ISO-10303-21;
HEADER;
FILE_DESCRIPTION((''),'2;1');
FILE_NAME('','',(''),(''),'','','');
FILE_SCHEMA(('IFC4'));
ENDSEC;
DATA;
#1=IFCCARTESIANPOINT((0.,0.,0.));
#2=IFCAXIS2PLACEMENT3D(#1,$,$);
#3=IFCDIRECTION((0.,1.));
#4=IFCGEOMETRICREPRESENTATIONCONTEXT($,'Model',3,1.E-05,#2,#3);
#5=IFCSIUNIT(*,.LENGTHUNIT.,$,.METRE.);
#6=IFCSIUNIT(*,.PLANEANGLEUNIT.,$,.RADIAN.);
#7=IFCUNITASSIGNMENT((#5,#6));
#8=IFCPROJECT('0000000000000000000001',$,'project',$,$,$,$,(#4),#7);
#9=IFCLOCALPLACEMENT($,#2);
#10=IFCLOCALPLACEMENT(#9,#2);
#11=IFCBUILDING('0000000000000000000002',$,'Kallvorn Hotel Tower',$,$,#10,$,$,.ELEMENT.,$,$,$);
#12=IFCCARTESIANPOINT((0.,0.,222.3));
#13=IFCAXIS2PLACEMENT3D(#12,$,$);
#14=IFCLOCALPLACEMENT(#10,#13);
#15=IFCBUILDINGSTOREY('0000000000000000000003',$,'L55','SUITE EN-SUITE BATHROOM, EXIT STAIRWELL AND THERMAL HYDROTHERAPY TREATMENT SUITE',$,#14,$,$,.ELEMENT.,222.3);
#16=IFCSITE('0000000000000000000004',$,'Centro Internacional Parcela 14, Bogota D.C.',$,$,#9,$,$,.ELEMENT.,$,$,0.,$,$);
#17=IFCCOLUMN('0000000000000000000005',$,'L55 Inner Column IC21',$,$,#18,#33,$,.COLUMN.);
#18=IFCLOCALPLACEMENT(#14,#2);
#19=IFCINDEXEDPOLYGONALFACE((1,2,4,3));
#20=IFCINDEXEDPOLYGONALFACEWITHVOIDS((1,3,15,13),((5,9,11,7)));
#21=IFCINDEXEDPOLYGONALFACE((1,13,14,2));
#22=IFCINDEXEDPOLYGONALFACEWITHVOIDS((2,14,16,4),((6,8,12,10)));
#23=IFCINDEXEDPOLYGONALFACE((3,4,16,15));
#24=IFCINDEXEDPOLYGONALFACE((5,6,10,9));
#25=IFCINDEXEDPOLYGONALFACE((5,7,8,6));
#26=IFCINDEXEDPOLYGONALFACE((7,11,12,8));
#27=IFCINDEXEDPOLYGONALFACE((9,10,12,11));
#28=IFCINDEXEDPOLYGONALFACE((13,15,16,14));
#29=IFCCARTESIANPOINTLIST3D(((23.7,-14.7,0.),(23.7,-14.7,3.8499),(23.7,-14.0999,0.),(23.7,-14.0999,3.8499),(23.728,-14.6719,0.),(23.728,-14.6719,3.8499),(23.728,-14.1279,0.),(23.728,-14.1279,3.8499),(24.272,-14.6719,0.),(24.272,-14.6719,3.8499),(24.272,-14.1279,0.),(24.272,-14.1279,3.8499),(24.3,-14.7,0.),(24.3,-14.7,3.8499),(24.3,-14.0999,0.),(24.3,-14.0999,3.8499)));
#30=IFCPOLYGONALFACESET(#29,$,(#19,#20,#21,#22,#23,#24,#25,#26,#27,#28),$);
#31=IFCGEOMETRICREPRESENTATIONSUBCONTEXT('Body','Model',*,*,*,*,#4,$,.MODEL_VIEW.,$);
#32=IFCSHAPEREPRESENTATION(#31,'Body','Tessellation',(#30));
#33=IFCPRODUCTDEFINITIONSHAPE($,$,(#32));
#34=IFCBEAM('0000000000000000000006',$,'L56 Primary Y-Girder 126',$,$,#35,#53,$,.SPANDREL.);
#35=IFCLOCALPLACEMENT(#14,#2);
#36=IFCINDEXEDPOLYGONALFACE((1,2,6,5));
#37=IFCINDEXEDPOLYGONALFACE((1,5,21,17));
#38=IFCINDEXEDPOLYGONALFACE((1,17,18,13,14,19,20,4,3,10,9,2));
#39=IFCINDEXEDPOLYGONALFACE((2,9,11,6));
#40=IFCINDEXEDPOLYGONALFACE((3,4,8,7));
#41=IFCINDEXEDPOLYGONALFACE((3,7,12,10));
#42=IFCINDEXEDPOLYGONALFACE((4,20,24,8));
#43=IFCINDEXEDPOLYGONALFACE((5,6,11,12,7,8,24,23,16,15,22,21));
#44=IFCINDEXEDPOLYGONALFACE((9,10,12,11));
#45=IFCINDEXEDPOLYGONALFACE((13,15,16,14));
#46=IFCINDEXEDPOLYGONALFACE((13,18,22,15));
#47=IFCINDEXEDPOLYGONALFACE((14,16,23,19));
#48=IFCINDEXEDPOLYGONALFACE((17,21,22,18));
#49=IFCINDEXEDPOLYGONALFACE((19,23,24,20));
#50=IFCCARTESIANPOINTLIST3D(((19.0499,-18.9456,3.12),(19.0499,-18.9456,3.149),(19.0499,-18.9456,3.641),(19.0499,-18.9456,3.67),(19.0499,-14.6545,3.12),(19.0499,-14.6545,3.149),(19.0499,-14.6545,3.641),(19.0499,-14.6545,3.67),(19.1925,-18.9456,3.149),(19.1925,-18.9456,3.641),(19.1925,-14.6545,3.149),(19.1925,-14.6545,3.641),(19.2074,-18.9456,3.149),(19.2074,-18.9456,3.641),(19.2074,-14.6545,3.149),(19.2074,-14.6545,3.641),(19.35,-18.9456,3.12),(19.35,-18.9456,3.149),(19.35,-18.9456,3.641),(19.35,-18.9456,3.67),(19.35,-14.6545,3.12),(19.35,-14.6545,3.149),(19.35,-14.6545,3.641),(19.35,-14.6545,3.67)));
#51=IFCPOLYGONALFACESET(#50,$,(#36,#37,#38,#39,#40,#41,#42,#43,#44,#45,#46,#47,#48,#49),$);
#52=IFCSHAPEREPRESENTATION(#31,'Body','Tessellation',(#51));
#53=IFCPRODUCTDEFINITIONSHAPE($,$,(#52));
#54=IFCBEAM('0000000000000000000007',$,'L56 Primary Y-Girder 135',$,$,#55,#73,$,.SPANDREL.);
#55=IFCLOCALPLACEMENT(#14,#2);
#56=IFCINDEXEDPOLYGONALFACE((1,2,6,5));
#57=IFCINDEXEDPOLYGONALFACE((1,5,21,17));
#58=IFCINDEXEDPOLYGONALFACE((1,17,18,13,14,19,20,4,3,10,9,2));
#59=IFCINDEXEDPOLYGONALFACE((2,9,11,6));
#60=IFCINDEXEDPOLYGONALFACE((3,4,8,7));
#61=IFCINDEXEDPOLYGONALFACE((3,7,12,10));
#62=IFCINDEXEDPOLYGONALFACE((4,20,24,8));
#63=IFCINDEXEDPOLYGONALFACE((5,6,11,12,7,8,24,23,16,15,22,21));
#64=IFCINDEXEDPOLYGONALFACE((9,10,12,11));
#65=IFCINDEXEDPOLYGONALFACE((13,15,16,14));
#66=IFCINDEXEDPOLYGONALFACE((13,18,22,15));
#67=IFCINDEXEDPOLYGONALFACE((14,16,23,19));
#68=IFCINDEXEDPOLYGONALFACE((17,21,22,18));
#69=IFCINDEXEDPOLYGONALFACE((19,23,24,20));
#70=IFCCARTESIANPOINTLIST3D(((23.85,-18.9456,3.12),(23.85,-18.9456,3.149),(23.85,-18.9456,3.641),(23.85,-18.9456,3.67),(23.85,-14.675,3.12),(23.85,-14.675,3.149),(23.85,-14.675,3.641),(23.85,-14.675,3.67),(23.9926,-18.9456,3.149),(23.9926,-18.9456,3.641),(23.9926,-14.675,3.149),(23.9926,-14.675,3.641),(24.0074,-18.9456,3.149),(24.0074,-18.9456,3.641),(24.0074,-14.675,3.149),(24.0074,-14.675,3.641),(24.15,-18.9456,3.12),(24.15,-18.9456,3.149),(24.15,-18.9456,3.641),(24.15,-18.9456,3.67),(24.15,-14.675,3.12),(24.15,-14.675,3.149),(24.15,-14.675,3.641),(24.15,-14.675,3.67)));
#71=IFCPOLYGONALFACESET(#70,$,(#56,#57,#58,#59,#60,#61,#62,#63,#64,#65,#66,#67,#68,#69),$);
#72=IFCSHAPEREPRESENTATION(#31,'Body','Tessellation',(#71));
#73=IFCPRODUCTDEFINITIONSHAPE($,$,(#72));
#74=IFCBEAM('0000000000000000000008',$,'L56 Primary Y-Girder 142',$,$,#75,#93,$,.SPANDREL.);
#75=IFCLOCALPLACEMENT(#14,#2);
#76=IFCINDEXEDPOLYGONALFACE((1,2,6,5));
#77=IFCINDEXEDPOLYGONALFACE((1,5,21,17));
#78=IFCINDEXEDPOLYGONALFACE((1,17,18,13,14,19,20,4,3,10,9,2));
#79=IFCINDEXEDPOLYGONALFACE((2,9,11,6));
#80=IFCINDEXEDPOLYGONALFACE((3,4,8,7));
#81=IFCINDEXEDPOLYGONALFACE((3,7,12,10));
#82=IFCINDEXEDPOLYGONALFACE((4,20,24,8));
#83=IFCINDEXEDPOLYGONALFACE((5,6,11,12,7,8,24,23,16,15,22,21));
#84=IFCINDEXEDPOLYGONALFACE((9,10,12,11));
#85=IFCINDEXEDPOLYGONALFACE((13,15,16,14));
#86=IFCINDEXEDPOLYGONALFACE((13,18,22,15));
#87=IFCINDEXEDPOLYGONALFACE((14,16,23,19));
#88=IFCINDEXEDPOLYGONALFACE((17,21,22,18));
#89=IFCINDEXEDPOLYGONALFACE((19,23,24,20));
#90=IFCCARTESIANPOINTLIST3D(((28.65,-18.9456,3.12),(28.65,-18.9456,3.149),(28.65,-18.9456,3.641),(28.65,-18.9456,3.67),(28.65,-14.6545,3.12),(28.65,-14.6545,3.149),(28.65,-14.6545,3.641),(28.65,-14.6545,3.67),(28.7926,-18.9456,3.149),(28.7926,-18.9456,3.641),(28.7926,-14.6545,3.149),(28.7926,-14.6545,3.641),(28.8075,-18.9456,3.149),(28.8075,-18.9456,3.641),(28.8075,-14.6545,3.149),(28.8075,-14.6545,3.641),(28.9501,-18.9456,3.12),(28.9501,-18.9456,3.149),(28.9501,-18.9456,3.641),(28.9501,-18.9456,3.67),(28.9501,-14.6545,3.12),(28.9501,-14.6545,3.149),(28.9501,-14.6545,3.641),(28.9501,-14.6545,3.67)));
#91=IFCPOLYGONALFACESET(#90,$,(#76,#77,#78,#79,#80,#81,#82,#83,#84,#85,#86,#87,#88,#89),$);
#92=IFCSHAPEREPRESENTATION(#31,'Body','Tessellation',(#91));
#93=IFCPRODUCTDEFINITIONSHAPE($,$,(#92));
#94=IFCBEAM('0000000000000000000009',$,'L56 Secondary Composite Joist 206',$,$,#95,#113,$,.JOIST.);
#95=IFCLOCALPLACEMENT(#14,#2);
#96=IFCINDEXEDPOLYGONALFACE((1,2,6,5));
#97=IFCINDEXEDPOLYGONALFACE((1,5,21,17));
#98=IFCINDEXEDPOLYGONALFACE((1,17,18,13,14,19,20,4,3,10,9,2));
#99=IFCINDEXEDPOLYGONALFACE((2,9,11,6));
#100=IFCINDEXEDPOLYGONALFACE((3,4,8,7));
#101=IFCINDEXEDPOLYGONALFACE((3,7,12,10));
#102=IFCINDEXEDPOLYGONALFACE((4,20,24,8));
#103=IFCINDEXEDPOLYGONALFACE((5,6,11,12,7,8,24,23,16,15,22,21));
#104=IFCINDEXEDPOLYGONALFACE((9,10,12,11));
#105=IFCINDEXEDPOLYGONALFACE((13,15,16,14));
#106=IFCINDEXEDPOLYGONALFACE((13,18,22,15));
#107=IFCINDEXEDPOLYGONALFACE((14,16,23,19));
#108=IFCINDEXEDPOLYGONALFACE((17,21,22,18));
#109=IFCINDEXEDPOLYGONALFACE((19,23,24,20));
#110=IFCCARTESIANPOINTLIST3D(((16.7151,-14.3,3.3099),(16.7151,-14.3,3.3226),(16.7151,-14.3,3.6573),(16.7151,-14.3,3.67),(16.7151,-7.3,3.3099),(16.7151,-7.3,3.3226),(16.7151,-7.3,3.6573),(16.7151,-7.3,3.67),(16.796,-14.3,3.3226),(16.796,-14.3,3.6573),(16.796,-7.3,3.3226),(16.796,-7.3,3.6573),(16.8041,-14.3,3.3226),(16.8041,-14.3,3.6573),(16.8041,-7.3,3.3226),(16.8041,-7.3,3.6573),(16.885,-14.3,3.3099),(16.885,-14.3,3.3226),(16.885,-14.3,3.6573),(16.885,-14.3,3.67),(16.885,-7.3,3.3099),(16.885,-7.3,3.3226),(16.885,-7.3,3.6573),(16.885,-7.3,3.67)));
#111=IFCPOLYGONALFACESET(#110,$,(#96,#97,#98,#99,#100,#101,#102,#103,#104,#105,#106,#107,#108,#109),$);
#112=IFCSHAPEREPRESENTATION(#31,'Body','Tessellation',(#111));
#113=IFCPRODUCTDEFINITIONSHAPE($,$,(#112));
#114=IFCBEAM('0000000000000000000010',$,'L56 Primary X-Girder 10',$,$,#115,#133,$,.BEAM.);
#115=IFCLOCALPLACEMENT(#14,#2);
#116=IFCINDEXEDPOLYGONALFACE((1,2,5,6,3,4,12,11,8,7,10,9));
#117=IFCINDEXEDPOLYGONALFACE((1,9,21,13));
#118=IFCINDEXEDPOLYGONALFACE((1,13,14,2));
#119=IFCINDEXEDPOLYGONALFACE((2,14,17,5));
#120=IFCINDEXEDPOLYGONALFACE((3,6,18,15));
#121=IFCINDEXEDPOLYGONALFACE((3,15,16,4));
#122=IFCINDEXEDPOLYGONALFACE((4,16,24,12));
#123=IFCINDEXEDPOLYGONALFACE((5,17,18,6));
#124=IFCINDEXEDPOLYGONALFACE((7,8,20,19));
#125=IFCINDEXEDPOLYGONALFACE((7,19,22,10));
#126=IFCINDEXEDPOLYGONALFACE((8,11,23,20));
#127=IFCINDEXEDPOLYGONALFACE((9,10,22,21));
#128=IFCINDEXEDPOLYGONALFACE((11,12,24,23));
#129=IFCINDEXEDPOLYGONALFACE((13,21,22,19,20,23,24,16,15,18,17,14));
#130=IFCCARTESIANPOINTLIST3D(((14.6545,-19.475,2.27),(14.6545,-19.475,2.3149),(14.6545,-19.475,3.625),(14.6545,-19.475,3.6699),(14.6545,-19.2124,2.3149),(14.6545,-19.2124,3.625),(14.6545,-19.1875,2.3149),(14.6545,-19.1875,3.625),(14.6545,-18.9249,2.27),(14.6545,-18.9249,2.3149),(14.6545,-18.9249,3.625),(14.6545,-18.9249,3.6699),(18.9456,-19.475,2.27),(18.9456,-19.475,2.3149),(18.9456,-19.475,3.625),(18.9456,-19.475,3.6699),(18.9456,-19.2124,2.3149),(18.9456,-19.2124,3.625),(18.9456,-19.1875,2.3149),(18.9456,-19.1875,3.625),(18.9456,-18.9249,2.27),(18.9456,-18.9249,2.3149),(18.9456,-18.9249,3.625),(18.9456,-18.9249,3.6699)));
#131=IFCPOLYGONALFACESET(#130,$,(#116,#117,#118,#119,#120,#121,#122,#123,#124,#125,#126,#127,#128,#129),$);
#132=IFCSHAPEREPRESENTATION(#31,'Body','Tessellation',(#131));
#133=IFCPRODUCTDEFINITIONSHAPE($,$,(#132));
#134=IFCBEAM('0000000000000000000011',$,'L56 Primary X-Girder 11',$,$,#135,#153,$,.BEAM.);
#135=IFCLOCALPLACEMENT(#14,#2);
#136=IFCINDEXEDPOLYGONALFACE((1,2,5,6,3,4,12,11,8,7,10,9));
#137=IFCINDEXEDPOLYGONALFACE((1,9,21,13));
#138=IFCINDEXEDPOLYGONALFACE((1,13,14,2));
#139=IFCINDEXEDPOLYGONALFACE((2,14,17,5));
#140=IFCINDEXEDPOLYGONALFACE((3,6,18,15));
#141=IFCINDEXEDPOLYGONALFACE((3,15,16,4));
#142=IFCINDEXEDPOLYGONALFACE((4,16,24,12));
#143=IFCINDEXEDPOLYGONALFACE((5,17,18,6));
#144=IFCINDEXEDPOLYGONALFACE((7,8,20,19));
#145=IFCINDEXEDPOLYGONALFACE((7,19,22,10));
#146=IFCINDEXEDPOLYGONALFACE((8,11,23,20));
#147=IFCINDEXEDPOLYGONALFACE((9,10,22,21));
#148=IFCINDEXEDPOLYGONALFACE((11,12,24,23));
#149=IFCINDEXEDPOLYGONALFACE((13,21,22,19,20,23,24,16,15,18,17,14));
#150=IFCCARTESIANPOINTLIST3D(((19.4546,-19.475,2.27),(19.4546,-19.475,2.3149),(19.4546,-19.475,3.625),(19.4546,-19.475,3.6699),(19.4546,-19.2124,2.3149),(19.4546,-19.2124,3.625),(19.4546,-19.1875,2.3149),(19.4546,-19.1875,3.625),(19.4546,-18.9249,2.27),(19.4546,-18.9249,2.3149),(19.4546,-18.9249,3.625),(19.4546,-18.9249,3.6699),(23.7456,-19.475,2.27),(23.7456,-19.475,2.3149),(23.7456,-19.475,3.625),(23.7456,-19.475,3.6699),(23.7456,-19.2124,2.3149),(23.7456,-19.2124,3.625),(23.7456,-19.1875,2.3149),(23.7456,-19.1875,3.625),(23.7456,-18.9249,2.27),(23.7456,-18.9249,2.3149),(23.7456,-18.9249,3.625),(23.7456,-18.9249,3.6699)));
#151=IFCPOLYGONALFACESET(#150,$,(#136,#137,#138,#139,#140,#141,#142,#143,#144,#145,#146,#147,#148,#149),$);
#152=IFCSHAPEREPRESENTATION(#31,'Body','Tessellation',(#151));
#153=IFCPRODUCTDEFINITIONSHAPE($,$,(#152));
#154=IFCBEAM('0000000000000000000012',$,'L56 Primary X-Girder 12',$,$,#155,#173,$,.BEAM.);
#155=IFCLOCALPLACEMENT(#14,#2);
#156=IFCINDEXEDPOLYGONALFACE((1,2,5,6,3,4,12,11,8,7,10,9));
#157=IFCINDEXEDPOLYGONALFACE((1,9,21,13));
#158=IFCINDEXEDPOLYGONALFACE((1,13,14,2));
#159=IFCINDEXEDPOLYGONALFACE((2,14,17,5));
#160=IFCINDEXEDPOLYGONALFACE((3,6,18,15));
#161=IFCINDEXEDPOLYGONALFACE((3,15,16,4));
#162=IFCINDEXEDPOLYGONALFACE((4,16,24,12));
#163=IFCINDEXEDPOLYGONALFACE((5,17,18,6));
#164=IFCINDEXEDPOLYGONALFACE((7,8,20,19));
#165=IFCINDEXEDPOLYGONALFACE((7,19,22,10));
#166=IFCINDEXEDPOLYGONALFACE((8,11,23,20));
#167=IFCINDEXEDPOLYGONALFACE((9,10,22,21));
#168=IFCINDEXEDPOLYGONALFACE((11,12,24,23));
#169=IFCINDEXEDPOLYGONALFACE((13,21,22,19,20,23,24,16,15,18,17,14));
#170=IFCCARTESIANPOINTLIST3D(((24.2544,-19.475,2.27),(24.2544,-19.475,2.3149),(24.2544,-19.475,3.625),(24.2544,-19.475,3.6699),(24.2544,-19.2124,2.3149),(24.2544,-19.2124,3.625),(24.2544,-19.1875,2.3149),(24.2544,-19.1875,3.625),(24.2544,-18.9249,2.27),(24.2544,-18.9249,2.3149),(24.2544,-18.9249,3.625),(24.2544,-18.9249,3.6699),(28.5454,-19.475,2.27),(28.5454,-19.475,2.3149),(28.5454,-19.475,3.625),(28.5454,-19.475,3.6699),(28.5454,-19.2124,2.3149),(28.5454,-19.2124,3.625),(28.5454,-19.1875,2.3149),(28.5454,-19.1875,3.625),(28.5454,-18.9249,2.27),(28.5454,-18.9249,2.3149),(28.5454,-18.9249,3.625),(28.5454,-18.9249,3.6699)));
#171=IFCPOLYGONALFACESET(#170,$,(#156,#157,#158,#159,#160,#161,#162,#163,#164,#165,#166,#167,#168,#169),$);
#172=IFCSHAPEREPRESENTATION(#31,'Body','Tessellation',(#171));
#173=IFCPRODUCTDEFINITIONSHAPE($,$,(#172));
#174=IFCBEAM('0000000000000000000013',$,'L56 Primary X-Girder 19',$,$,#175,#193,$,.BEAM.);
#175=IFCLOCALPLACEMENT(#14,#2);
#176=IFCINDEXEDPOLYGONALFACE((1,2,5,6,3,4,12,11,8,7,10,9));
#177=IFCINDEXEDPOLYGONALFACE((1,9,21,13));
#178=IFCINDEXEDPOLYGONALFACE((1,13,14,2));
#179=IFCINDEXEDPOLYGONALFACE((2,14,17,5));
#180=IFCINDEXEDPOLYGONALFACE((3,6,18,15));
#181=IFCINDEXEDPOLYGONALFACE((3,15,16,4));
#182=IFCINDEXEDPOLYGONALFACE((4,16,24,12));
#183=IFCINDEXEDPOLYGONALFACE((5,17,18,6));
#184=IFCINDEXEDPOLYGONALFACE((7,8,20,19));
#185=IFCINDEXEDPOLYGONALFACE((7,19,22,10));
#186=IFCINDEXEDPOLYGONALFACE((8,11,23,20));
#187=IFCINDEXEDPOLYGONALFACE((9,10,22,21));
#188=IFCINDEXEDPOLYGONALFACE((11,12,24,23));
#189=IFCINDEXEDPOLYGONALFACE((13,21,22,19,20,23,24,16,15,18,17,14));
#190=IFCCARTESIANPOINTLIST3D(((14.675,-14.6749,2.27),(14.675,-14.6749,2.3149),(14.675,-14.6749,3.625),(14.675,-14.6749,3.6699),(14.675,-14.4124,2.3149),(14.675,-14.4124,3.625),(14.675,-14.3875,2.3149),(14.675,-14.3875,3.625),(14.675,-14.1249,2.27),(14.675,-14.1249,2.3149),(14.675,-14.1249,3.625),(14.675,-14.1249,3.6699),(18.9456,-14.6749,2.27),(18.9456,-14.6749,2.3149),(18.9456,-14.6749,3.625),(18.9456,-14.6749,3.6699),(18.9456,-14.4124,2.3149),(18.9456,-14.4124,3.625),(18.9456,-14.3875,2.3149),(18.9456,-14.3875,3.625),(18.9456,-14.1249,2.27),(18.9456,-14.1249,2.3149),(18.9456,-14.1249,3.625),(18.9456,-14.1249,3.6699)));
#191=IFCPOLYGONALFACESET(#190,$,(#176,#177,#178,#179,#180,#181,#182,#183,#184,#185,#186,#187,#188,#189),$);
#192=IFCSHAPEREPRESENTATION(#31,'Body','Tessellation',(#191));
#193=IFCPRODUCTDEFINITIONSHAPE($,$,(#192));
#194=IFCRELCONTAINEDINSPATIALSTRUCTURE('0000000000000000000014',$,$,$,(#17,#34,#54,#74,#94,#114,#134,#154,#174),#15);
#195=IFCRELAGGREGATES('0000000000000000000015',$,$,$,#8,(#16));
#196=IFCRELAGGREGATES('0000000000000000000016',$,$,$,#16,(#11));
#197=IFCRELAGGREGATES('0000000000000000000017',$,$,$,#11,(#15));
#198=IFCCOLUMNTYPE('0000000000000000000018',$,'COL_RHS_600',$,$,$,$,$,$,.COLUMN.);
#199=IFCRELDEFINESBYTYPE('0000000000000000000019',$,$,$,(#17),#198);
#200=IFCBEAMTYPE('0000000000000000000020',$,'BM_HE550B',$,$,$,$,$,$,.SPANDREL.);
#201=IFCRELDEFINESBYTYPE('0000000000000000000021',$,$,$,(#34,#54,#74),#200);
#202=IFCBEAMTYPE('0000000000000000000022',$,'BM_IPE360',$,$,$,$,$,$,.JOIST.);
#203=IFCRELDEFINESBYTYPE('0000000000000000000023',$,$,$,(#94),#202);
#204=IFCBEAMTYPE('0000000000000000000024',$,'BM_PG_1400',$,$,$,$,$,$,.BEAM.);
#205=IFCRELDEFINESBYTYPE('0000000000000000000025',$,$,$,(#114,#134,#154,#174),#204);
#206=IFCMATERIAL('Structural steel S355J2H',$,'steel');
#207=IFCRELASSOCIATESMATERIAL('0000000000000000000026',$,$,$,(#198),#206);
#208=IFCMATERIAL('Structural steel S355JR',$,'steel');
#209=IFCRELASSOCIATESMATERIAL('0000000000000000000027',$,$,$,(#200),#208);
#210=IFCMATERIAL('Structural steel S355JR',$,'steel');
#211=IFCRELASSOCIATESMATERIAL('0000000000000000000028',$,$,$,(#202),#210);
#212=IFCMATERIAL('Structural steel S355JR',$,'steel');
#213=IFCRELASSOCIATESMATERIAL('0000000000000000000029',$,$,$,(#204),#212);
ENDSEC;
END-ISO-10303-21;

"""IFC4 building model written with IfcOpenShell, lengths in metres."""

from ifc_helpers import new_model, si_unit, direction, frame, origin, origin_2d, place, context, subcontext, project, spatial, hollow_rectangle, i_section, extrude, material, material_profile, profile_set, type_object, element, save


model = new_model("IFC4")

# Units and contexts
model_context = context("Model", 3, precision=1e-05, world=origin(), true_north=direction((0.0, 1.0)))
body_context = subcontext(model_context, "Body", "Model", "MODEL_VIEW")
ifc_project = project(units=[si_unit("LENGTHUNIT", "METRE"), si_unit("PLANEANGLEUNIT", "RADIAN")], contexts=[model_context])

# Site, building, storey
site_placement = place(None, origin())
site = spatial("IfcSite", under=ifc_project, at=site_placement, Name="Centro Internacional Parcela 14, Bogota D.C.", CompositionType="ELEMENT", RefElevation=0.0)
building_placement = place(site_placement, origin())
building = spatial("IfcBuilding", under=site, at=building_placement, Name="Kallvorn Hotel Tower", CompositionType="ELEMENT")
storey_placement = place(building_placement, frame((0.0, 0.0, 222.3)))
storey = spatial("IfcBuildingStorey", under=building, at=storey_placement, Name="L55", Description="SUITE EN-SUITE BATHROOM, EXIT STAIRWELL AND THERMAL HYDROTHERAPY TREATMENT SUITE", CompositionType="ELEMENT", Elevation=222.3)

# Column
ifc_material_1 = material(Name="Structural steel S355J2H", Category="steel")
ifc_material_profile_1 = material_profile(ifc_material_1, hollow_rectangle(XDim=0.6001, YDim=0.6001, WallThickness=0.0281, at=origin_2d()), Name="RHS 600x600x28")
ifc_profile_set_1 = profile_set([ifc_material_profile_1], Name="Structural steel S355J2H")
column_type_1 = type_object("IfcColumnType", Name="COL_RHS_600", PredefinedType="COLUMN", material=ifc_profile_set_1)
column_placement = place(storey_placement, frame((24.0, -14.3999, 0.0), z_axis=(0.0, 0.0, 1.0), x_axis=(1.0, 0.0, 0.0)))
element("IfcColumn", 1, at=column_placement, inside=storey, type_object=column_type_1, Name="L55 Inner Column IC21", PredefinedType="COLUMN", context=body_context, shape_type="SweptSolid", body=[
    extrude(hollow_rectangle(XDim=0.6001, YDim=0.6001, WallThickness=0.0281, at=origin_2d()), origin(), (0.0, 0.0, 1.0), 3.8499),
])

# Beams
ifc_material_2 = material(Name="Structural steel S355JR", Category="steel")
ifc_material_profile_2 = material_profile(ifc_material_2, i_section(OverallWidth=0.3, OverallDepth=0.55, WebThickness=0.0149, FlangeThickness=0.0291, at=origin_2d()), Name="HE 550 B")
ifc_profile_set_2 = profile_set([ifc_material_profile_2], Name="Structural steel S355JR")
beam_type_1 = type_object("IfcBeamType", Name="BM_HE550B", PredefinedType="SPANDREL", material=ifc_profile_set_2)
beam_1_placement = place(storey_placement, frame((19.2, -18.9456, 3.395), z_axis=(0.0, 1.0, 0.0), x_axis=(-1.0, 0.0, 0.0)))
element("IfcBeam", 2, at=beam_1_placement, inside=storey, type_object=beam_type_1, Name="L56 Primary Y-Girder 126", PredefinedType="SPANDREL", context=body_context, shape_type="SweptSolid", body=[
    extrude(i_section(OverallWidth=0.3, OverallDepth=0.55, WebThickness=0.0149, FlangeThickness=0.0291, at=origin_2d()), origin(), (0.0, 0.0, 1.0), 4.291),
])
beam_2_placement = place(storey_placement, frame((24.0, -18.9456, 3.395), z_axis=(0.0, 1.0, 0.0), x_axis=(-1.0, 0.0, 0.0)))
element("IfcBeam", 3, at=beam_2_placement, inside=storey, type_object=beam_type_1, Name="L56 Primary Y-Girder 135", PredefinedType="SPANDREL", context=body_context, shape_type="SweptSolid", body=[
    extrude(i_section(OverallWidth=0.3, OverallDepth=0.55, WebThickness=0.0149, FlangeThickness=0.0291, at=origin_2d()), origin(), (0.0, 0.0, 1.0), 4.2705),
])
beam_3_placement = place(storey_placement, frame((28.8, -18.9456, 3.395), z_axis=(0.0, 1.0, 0.0), x_axis=(-1.0, 0.0, 0.0)))
element("IfcBeam", 4, at=beam_3_placement, inside=storey, type_object=beam_type_1, Name="L56 Primary Y-Girder 142", PredefinedType="SPANDREL", context=body_context, shape_type="SweptSolid", body=[
    extrude(i_section(OverallWidth=0.3, OverallDepth=0.55, WebThickness=0.0149, FlangeThickness=0.0291, at=origin_2d()), origin(), (0.0, 0.0, 1.0), 4.291),
])
ifc_material_3 = material(Name="Structural steel S355JR", Category="steel")
ifc_material_profile_3 = material_profile(ifc_material_3, i_section(OverallWidth=0.1699, OverallDepth=0.3601, WebThickness=0.0081, FlangeThickness=0.0127, at=origin_2d()), Name="IPE 360")
ifc_profile_set_3 = profile_set([ifc_material_profile_3], Name="Structural steel S355JR")
beam_type_2 = type_object("IfcBeamType", Name="BM_IPE360", PredefinedType="JOIST", material=ifc_profile_set_3)
beam_4_placement = place(storey_placement, frame((16.8, -14.3, 3.49), z_axis=(0.0, 1.0, 0.0), x_axis=(-1.0, 0.0, 0.0)))
element("IfcBeam", 5, at=beam_4_placement, inside=storey, type_object=beam_type_2, Name="L56 Secondary Composite Joist 206", PredefinedType="JOIST", context=body_context, shape_type="SweptSolid", body=[
    extrude(i_section(OverallWidth=0.1699, OverallDepth=0.3601, WebThickness=0.0081, FlangeThickness=0.0127, at=origin_2d()), origin(), (0.0, 0.0, 1.0), 7.0),
])
ifc_material_4 = material(Name="Structural steel S355JR", Category="steel")
ifc_material_profile_4 = material_profile(ifc_material_4, i_section(OverallWidth=0.55, OverallDepth=1.3999, WebThickness=0.0249, FlangeThickness=0.0449, at=origin_2d()), Name="PG 1400x550x25x45")
ifc_profile_set_4 = profile_set([ifc_material_profile_4], Name="Structural steel S355JR")
beam_type_3 = type_object("IfcBeamType", Name="BM_PG_1400", PredefinedType="BEAM", material=ifc_profile_set_4)
for number, where, z_axis, x_axis, name in (
    (6, (14.6545, -19.2, 2.97), (1.0, 0.0, 0.0), (0.0, 1.0, 0.0), "L56 Primary X-Girder 10"),
    (7, (19.4546, -19.2, 2.97), (1.0, 0.0, 0.0), (0.0, 1.0, 0.0), "L56 Primary X-Girder 11"),
    (8, (24.2544, -19.2, 2.97), (1.0, 0.0, 0.0), (0.0, 1.0, 0.0), "L56 Primary X-Girder 12"),
):
    element("IfcBeam", number, at=place(storey_placement, frame(where, z_axis=z_axis, x_axis=x_axis)), inside=storey, type_object=beam_type_3, Name=name, PredefinedType="BEAM", context=body_context, shape_type="SweptSolid", body=[
        extrude(i_section(OverallWidth=0.55, OverallDepth=1.3999, WebThickness=0.0249, FlangeThickness=0.0449, at=origin_2d()), origin(), (0.0, 0.0, 1.0), 4.291),
    ])
for number, where, z_axis, x_axis, name in (
    (9, (14.675, -14.3999, 2.97), (1.0, 0.0, 0.0), (0.0, 1.0, 0.0), "L56 Primary X-Girder 19"),
):
    element("IfcBeam", number, at=place(storey_placement, frame(where, z_axis=z_axis, x_axis=x_axis)), inside=storey, type_object=beam_type_3, Name=name, PredefinedType="BEAM", context=body_context, shape_type="SweptSolid", body=[
        extrude(i_section(OverallWidth=0.55, OverallDepth=1.3999, WebThickness=0.0249, FlangeThickness=0.0449, at=origin_2d()), origin(), (0.0, 0.0, 1.0), 4.2705),
    ])

save(model, "model.ifc")
